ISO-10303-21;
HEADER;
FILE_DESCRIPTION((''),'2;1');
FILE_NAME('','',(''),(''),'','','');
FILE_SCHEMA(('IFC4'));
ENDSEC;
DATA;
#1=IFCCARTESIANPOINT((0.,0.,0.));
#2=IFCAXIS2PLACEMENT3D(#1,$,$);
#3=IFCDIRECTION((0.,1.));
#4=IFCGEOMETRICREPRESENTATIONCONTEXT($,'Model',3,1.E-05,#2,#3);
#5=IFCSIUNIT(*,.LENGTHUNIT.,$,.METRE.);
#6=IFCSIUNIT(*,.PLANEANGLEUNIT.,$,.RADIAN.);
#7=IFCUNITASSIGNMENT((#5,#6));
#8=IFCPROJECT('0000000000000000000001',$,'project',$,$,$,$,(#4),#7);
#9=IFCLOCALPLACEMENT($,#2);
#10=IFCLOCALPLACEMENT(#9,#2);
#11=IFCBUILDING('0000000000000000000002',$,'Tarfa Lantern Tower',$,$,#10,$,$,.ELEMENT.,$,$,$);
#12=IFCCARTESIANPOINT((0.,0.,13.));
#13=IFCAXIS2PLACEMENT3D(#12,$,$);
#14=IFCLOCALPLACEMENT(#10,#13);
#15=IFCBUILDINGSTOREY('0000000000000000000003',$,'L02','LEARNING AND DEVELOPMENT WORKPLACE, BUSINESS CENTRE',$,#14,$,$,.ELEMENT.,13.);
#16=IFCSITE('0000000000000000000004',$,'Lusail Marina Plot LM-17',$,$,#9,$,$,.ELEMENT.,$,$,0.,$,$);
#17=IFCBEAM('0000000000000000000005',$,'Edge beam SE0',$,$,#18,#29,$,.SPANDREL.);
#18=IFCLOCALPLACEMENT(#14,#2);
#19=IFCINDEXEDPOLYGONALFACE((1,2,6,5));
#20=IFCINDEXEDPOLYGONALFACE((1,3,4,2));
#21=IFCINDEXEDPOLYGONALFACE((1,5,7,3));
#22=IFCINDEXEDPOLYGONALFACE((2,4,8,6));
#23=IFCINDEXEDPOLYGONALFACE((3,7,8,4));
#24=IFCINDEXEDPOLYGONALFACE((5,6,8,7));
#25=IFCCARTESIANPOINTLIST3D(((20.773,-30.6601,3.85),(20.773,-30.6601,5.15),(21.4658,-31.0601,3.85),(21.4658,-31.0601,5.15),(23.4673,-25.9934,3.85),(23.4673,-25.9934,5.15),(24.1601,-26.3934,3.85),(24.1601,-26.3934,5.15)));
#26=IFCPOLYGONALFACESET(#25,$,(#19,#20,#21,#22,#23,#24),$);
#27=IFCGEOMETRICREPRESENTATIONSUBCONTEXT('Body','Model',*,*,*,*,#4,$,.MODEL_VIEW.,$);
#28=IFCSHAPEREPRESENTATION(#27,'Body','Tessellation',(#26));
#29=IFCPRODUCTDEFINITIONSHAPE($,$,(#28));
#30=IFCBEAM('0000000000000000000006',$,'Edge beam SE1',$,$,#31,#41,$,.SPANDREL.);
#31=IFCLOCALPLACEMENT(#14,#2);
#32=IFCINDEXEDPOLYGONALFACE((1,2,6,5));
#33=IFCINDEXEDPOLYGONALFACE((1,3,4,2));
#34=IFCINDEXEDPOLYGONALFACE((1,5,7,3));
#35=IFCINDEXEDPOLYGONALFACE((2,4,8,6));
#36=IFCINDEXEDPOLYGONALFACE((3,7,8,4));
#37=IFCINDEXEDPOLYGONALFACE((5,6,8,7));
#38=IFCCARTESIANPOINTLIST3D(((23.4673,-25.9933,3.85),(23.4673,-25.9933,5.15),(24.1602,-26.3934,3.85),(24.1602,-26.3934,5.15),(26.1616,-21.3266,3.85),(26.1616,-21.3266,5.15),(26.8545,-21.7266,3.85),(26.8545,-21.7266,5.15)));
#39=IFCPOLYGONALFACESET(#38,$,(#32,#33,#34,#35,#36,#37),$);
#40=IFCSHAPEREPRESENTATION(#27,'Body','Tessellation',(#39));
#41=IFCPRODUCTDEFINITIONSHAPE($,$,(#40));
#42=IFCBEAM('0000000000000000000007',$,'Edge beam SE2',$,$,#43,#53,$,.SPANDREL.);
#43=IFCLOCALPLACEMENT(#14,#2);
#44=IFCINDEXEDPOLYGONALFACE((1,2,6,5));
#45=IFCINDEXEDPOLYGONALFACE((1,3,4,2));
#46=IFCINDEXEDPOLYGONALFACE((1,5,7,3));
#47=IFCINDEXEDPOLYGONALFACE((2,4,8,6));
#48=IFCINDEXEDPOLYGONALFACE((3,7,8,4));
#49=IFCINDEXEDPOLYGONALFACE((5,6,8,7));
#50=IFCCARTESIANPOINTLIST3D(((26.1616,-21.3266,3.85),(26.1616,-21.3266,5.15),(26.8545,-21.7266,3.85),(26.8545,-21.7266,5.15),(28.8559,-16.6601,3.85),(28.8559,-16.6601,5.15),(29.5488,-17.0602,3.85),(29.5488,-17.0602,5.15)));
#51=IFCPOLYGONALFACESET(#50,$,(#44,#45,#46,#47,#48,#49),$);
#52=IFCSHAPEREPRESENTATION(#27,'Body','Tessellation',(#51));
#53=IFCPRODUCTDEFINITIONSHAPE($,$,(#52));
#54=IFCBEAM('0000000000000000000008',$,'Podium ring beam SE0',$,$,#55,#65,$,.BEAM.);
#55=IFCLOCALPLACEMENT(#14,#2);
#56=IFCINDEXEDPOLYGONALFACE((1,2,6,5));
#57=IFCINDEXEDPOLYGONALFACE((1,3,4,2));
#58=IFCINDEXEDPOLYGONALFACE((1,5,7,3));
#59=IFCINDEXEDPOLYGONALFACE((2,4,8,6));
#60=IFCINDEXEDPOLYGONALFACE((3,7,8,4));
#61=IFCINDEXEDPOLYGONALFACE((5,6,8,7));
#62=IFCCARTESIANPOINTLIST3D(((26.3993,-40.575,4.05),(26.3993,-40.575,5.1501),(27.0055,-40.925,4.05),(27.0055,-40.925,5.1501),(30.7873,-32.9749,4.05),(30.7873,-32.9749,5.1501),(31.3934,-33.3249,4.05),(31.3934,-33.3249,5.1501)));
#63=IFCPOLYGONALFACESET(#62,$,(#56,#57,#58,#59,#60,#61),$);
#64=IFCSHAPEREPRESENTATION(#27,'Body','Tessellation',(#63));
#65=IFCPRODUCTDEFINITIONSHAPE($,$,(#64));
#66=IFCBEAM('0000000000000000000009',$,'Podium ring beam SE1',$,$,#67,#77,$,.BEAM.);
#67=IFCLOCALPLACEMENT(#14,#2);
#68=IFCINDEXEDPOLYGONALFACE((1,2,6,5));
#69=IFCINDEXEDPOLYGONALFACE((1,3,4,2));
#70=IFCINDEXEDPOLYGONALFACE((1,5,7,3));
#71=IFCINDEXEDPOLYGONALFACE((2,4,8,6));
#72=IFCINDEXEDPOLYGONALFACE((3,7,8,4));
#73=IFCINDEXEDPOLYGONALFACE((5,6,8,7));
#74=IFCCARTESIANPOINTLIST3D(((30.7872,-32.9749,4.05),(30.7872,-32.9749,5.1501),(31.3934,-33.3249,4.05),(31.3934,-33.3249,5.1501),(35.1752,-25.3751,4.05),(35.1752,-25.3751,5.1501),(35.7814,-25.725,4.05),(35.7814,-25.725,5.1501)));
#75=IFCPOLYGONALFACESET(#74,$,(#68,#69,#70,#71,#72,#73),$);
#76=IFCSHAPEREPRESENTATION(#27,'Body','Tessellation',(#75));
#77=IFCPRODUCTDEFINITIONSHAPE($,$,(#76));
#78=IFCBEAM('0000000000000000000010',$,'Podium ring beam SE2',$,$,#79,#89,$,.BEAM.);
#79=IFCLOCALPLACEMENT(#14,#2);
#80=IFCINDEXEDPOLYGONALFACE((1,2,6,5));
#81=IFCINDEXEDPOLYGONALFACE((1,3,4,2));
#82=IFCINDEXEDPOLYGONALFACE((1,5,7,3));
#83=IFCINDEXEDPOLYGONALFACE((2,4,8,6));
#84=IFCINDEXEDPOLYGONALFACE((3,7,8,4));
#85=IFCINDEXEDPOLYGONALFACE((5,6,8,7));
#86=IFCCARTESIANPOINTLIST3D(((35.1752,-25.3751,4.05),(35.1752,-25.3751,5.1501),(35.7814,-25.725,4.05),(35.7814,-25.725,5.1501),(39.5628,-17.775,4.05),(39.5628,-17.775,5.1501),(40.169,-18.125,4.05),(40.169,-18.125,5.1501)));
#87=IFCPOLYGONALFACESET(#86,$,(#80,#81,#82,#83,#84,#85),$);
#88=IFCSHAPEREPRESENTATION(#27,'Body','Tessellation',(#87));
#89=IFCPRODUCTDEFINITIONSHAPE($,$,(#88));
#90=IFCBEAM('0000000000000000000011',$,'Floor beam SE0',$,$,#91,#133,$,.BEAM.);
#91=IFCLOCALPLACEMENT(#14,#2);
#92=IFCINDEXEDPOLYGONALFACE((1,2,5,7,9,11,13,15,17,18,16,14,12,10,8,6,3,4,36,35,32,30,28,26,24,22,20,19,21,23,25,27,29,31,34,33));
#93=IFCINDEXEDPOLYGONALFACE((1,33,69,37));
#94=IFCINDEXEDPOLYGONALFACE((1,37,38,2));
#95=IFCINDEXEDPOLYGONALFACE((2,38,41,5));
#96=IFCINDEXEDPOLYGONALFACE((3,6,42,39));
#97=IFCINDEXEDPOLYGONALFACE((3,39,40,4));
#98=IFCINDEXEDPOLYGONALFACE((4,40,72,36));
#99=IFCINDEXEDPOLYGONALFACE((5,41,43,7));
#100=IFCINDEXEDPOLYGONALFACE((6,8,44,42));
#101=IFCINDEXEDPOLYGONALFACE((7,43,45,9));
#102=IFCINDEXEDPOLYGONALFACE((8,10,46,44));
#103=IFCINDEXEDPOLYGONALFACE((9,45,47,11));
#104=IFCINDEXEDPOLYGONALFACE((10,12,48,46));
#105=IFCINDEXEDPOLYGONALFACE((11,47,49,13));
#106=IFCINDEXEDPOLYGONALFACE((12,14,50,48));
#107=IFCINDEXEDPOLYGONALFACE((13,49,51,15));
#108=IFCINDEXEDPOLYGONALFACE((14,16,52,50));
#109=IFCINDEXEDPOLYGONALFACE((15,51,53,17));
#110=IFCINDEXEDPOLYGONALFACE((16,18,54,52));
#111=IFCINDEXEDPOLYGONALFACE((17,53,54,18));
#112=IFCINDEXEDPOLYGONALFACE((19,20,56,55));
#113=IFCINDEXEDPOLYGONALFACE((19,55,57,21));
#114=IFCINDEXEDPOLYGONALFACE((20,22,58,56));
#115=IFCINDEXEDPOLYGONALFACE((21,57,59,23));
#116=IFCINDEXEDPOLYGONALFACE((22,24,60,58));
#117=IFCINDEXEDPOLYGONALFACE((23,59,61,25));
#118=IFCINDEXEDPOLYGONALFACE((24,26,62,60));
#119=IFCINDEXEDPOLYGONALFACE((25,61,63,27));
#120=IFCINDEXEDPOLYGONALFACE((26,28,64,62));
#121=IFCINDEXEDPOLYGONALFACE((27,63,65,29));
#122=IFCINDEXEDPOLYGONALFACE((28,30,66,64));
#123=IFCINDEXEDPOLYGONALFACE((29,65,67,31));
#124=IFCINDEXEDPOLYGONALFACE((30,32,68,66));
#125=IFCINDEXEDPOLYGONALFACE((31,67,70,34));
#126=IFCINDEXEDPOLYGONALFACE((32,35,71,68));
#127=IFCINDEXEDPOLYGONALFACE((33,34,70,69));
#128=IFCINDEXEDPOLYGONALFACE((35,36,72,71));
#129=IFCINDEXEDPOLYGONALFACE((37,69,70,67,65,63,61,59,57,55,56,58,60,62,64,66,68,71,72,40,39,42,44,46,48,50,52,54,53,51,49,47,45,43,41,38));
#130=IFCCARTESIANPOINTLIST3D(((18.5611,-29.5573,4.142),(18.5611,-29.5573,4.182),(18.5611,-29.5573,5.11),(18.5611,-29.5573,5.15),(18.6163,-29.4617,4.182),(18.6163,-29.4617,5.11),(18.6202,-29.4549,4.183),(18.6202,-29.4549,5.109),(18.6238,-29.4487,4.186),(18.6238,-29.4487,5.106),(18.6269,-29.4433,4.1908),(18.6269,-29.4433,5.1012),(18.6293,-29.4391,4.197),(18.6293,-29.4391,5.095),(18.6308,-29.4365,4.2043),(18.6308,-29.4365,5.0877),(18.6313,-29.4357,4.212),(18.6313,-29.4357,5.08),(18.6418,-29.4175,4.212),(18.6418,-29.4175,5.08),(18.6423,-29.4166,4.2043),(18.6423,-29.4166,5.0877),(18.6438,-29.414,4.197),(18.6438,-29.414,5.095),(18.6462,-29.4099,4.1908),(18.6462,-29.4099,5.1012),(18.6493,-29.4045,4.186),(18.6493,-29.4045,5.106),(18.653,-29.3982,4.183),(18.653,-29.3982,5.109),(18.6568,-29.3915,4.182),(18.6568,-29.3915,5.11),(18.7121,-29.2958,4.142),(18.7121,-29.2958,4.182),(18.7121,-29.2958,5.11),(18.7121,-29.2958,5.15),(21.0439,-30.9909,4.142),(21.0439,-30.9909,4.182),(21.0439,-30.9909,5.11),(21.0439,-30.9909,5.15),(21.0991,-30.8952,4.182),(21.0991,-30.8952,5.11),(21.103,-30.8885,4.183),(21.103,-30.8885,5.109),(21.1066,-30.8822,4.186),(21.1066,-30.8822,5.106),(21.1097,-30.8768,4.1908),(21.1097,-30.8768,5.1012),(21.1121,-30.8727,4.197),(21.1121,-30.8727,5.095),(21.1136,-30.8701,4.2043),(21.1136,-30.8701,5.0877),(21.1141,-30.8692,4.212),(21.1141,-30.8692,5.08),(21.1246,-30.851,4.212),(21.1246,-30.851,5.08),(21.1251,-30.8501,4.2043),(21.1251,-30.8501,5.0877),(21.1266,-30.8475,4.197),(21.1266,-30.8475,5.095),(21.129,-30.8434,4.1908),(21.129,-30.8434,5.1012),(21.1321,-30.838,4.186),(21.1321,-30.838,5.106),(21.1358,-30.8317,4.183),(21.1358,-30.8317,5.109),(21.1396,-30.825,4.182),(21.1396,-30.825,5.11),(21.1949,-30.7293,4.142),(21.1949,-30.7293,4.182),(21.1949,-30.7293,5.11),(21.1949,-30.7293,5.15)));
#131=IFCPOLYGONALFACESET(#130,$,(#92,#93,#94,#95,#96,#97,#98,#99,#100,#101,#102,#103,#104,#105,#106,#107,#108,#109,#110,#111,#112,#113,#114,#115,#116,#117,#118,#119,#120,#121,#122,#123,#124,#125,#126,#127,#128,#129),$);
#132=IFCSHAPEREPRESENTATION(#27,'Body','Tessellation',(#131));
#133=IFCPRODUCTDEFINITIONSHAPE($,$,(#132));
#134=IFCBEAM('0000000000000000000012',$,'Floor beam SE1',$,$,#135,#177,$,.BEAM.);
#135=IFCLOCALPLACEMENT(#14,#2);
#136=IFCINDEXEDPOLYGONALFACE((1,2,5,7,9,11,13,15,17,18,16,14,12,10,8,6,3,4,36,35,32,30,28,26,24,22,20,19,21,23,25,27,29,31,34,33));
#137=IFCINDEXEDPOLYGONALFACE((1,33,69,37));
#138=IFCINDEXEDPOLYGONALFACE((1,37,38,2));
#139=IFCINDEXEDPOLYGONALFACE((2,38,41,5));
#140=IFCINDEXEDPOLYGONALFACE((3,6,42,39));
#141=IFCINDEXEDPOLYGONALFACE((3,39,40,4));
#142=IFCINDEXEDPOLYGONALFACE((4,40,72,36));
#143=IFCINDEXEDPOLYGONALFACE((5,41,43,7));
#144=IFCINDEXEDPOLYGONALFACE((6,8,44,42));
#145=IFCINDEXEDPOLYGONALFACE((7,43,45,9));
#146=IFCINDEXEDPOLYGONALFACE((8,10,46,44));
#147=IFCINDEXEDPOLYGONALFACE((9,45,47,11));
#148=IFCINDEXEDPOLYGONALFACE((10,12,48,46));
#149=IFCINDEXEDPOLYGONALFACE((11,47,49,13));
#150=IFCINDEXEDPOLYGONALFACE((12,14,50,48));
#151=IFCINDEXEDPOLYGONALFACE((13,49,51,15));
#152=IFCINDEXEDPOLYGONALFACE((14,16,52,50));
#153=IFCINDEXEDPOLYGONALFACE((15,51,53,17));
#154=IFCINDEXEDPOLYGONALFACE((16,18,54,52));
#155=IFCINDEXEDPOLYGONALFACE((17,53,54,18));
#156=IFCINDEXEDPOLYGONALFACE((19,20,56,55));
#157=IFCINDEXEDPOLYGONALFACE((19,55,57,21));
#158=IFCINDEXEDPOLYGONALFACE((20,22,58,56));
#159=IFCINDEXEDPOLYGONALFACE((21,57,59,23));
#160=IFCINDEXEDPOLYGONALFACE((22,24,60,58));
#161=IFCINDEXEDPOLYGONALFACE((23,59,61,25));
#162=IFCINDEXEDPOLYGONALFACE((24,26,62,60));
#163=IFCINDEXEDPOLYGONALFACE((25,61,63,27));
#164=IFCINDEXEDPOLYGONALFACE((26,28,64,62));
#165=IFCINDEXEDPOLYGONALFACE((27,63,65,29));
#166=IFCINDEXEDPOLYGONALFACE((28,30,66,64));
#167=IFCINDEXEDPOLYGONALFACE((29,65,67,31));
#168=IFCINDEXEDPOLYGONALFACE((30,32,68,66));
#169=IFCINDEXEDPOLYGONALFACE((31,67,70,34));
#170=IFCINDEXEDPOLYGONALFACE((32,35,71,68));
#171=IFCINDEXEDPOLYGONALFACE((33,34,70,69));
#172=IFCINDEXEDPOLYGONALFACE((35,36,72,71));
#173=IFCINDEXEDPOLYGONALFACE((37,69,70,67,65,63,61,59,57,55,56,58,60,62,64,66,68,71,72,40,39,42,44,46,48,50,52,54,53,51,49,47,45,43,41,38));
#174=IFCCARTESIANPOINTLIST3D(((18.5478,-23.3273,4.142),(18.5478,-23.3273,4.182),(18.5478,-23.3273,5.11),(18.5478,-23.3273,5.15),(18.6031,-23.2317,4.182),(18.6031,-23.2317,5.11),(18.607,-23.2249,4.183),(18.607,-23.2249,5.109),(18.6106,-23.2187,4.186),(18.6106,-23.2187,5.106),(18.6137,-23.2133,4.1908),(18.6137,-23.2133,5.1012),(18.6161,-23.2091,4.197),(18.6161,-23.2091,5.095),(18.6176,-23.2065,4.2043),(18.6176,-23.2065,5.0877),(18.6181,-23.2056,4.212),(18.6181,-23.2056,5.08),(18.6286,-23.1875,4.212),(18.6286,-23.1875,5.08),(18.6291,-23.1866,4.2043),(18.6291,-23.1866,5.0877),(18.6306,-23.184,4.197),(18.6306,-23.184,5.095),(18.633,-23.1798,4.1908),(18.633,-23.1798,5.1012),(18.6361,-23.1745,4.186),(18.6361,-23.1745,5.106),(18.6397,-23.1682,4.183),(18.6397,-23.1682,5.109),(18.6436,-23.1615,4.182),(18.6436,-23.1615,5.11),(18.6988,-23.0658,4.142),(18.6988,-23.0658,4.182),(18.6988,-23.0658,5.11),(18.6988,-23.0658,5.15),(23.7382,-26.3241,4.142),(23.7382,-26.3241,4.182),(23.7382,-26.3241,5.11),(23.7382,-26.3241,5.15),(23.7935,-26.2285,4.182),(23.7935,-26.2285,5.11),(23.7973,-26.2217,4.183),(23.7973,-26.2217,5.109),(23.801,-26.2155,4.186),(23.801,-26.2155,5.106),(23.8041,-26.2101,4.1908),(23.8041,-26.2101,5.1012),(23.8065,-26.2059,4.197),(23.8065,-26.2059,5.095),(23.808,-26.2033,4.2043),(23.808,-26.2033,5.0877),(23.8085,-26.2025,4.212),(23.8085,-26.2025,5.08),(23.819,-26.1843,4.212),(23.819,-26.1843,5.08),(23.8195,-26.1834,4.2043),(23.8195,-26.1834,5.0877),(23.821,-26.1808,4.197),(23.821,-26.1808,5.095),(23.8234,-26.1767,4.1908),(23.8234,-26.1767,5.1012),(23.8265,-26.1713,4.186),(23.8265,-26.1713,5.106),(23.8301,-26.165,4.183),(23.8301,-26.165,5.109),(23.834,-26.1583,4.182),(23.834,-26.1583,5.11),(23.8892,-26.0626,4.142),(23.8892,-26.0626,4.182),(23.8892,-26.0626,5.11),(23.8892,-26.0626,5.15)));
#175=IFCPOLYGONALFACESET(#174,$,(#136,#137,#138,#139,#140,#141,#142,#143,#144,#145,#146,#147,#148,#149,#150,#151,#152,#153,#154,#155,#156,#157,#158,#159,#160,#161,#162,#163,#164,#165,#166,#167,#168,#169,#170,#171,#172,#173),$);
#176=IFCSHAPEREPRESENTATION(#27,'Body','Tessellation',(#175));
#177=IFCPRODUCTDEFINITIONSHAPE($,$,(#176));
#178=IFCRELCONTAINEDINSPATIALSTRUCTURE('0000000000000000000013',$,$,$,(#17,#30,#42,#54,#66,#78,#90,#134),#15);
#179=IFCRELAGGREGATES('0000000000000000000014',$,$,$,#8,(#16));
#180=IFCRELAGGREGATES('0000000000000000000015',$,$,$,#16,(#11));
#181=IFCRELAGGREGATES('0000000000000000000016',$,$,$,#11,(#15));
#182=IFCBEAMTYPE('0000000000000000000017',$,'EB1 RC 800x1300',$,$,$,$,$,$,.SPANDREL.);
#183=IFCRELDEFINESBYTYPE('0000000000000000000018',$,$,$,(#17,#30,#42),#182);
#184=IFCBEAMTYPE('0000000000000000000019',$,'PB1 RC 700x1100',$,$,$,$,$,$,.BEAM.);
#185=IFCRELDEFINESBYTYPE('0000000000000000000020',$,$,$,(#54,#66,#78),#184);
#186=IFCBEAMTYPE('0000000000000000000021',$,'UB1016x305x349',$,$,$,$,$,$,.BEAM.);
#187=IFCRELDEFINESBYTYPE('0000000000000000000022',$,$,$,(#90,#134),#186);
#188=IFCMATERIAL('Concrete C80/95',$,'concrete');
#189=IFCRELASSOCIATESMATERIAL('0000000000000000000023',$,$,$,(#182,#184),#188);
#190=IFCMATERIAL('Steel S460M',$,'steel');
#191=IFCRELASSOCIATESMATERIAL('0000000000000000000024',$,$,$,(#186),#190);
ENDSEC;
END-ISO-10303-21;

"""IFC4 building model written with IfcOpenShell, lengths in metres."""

from ifc_helpers import new_model, si_unit, direction, frame, origin, origin_2d, place, context, subcontext, project, spatial, rectangle, i_section, extrude, material, material_profile, profile_set, type_object, element, save


model = new_model("IFC4")

# Units and contexts
model_context = context("Model", 3, precision=1e-05, world=origin(), true_north=direction((0.0, 1.0)))
body_context = subcontext(model_context, "Body", "Model", "MODEL_VIEW")
ifc_project = project(units=[si_unit("LENGTHUNIT", "METRE"), si_unit("PLANEANGLEUNIT", "RADIAN")], contexts=[model_context])

# Site, building, storey
site_placement = place(None, origin())
site = spatial("IfcSite", under=ifc_project, at=site_placement, Name="Lusail Marina Plot LM-17", CompositionType="ELEMENT", RefElevation=0.0)
building_placement = place(site_placement, origin())
building = spatial("IfcBuilding", under=site, at=building_placement, Name="Tarfa Lantern Tower", CompositionType="ELEMENT")
storey_placement = place(building_placement, frame((0.0, 0.0, 13.0)))
storey = spatial("IfcBuildingStorey", under=building, at=storey_placement, Name="L02", Description="LEARNING AND DEVELOPMENT WORKPLACE, BUSINESS CENTRE", CompositionType="ELEMENT", Elevation=13.0)

# Shared definitions
ifc_material_1 = material(Name="Concrete C80/95", Category="concrete")

# Beams
ifc_material_profile_1 = material_profile(ifc_material_1, rectangle(XDim=0.8, YDim=1.3, at=origin_2d()), Name="RC 800x1300")
ifc_profile_set_1 = profile_set([ifc_material_profile_1], Name="Concrete C80/95")
beam_type_1 = type_object("IfcBeamType", Name="EB1 RC 800x1300", PredefinedType="SPANDREL", material=ifc_profile_set_1)
for number, where, z_axis, x_axis, name in (
    (1, (21.1194, -30.8601, 4.5), (0.499998, 0.866026, 0.0), (-0.866026, 0.499998, 0.0), "Edge beam SE0"),
    (2, (23.8137, -26.1934, 4.5), (0.499998, 0.866026, 0.0), (-0.866026, 0.499998, 0.0), "Edge beam SE1"),
):
    element("IfcBeam", number, at=place(storey_placement, frame(where, z_axis=z_axis, x_axis=x_axis)), inside=storey, type_object=beam_type_1, Name=name, PredefinedType="SPANDREL", context=body_context, shape_type="SweptSolid", body=[
        extrude(rectangle(XDim=0.8, YDim=1.3, at=origin_2d()), origin(), (0.0, 0.0, 1.0), 5.3887),
    ])
beam_1_placement = place(storey_placement, frame((26.5081, -21.5266, 4.5), z_axis=(0.500018, 0.866015, 0.0), x_axis=(-0.866015, 0.500018, 0.0)))
element("IfcBeam", 3, at=beam_1_placement, inside=storey, type_object=beam_type_1, Name="Edge beam SE2", PredefinedType="SPANDREL", context=body_context, shape_type="SweptSolid", body=[
    extrude(rectangle(XDim=0.8, YDim=1.3, at=origin_2d()), origin(), (0.0, 0.0, 1.0), 5.3884),
])
ifc_material_profile_2 = material_profile(ifc_material_1, rectangle(XDim=0.7, YDim=1.1001, at=origin_2d()), Name="RC 700x1100")
ifc_profile_set_2 = profile_set([ifc_material_profile_2], Name="Concrete C80/95")
beam_type_2 = type_object("IfcBeamType", Name="PB1 RC 700x1100", PredefinedType="BEAM", material=ifc_profile_set_2)
beam_2_placement = place(storey_placement, frame((26.7024, -40.75, 4.6001), z_axis=(0.500002, 0.866024, 0.0), x_axis=(-0.866024, 0.500002, 0.0)))
element("IfcBeam", 4, at=beam_2_placement, inside=storey, type_object=beam_type_2, Name="Podium ring beam SE0", PredefinedType="BEAM", context=body_context, shape_type="SweptSolid", body=[
    extrude(rectangle(XDim=0.7, YDim=1.1001, at=origin_2d()), origin(), (0.0, 0.0, 1.0), 8.7759),
])
for number, where, z_axis, x_axis, name in (
    (5, (31.0903, -33.1499, 4.6001), (0.500014, 0.866017, 0.0), (-0.866017, 0.500014, 0.0), "Podium ring beam SE1"),
    (6, (35.4783, -25.55, 4.6001), (0.499981, 0.866036, 0.0), (-0.866036, 0.499981, 0.0), "Podium ring beam SE2"),
):
    element("IfcBeam", number, at=place(storey_placement, frame(where, z_axis=z_axis, x_axis=x_axis)), inside=storey, type_object=beam_type_2, Name=name, PredefinedType="BEAM", context=body_context, shape_type="SweptSolid", body=[
        extrude(rectangle(XDim=0.7, YDim=1.1001, at=origin_2d()), origin(), (0.0, 0.0, 1.0), 8.7756),
    ])
ifc_material_2 = material(Name="Steel S460M", Category="steel")
ifc_material_profile_3 = material_profile(ifc_material_2, i_section(OverallWidth=0.302, OverallDepth=1.0081, WebThickness=0.021, FlangeThickness=0.04, FilletRadius=0.03, at=origin_2d()), Name="UB1016x305x349")
ifc_profile_set_3 = profile_set([ifc_material_profile_3], Name="Steel S460M")
beam_type_3 = type_object("IfcBeamType", Name="UB1016x305x349", PredefinedType="BEAM", material=ifc_profile_set_3)
beam_3_placement = place(storey_placement, frame((21.1194, -30.8601, 4.646), z_axis=(-0.866013, 0.500022, 0.0), x_axis=(-0.500022, -0.866013, 0.0)))
element("IfcBeam", 7, at=beam_3_placement, inside=storey, type_object=beam_type_3, Name="Floor beam SE0", PredefinedType="BEAM", context=body_context, shape_type="SweptSolid", body=[
    extrude(i_section(OverallWidth=0.302, OverallDepth=1.0081, WebThickness=0.021, FlangeThickness=0.04, FilletRadius=0.03, at=origin_2d()), origin(), (0.0, 0.0, 1.0), 2.8669),
])
beam_4_placement = place(storey_placement, frame((23.8137, -26.1934, 4.646), z_axis=(-0.866016, 0.500016, 0.0), x_axis=(-0.500016, -0.866016, 0.0)))
element("IfcBeam", 8, at=beam_4_placement, inside=storey, type_object=beam_type_3, Name="Floor beam SE1", PredefinedType="BEAM", context=body_context, shape_type="SweptSolid", body=[
    extrude(i_section(OverallWidth=0.302, OverallDepth=1.0081, WebThickness=0.021, FlangeThickness=0.04, FilletRadius=0.03, at=origin_2d()), origin(), (0.0, 0.0, 1.0), 5.9934),
])

save(model, "model.ifc")
